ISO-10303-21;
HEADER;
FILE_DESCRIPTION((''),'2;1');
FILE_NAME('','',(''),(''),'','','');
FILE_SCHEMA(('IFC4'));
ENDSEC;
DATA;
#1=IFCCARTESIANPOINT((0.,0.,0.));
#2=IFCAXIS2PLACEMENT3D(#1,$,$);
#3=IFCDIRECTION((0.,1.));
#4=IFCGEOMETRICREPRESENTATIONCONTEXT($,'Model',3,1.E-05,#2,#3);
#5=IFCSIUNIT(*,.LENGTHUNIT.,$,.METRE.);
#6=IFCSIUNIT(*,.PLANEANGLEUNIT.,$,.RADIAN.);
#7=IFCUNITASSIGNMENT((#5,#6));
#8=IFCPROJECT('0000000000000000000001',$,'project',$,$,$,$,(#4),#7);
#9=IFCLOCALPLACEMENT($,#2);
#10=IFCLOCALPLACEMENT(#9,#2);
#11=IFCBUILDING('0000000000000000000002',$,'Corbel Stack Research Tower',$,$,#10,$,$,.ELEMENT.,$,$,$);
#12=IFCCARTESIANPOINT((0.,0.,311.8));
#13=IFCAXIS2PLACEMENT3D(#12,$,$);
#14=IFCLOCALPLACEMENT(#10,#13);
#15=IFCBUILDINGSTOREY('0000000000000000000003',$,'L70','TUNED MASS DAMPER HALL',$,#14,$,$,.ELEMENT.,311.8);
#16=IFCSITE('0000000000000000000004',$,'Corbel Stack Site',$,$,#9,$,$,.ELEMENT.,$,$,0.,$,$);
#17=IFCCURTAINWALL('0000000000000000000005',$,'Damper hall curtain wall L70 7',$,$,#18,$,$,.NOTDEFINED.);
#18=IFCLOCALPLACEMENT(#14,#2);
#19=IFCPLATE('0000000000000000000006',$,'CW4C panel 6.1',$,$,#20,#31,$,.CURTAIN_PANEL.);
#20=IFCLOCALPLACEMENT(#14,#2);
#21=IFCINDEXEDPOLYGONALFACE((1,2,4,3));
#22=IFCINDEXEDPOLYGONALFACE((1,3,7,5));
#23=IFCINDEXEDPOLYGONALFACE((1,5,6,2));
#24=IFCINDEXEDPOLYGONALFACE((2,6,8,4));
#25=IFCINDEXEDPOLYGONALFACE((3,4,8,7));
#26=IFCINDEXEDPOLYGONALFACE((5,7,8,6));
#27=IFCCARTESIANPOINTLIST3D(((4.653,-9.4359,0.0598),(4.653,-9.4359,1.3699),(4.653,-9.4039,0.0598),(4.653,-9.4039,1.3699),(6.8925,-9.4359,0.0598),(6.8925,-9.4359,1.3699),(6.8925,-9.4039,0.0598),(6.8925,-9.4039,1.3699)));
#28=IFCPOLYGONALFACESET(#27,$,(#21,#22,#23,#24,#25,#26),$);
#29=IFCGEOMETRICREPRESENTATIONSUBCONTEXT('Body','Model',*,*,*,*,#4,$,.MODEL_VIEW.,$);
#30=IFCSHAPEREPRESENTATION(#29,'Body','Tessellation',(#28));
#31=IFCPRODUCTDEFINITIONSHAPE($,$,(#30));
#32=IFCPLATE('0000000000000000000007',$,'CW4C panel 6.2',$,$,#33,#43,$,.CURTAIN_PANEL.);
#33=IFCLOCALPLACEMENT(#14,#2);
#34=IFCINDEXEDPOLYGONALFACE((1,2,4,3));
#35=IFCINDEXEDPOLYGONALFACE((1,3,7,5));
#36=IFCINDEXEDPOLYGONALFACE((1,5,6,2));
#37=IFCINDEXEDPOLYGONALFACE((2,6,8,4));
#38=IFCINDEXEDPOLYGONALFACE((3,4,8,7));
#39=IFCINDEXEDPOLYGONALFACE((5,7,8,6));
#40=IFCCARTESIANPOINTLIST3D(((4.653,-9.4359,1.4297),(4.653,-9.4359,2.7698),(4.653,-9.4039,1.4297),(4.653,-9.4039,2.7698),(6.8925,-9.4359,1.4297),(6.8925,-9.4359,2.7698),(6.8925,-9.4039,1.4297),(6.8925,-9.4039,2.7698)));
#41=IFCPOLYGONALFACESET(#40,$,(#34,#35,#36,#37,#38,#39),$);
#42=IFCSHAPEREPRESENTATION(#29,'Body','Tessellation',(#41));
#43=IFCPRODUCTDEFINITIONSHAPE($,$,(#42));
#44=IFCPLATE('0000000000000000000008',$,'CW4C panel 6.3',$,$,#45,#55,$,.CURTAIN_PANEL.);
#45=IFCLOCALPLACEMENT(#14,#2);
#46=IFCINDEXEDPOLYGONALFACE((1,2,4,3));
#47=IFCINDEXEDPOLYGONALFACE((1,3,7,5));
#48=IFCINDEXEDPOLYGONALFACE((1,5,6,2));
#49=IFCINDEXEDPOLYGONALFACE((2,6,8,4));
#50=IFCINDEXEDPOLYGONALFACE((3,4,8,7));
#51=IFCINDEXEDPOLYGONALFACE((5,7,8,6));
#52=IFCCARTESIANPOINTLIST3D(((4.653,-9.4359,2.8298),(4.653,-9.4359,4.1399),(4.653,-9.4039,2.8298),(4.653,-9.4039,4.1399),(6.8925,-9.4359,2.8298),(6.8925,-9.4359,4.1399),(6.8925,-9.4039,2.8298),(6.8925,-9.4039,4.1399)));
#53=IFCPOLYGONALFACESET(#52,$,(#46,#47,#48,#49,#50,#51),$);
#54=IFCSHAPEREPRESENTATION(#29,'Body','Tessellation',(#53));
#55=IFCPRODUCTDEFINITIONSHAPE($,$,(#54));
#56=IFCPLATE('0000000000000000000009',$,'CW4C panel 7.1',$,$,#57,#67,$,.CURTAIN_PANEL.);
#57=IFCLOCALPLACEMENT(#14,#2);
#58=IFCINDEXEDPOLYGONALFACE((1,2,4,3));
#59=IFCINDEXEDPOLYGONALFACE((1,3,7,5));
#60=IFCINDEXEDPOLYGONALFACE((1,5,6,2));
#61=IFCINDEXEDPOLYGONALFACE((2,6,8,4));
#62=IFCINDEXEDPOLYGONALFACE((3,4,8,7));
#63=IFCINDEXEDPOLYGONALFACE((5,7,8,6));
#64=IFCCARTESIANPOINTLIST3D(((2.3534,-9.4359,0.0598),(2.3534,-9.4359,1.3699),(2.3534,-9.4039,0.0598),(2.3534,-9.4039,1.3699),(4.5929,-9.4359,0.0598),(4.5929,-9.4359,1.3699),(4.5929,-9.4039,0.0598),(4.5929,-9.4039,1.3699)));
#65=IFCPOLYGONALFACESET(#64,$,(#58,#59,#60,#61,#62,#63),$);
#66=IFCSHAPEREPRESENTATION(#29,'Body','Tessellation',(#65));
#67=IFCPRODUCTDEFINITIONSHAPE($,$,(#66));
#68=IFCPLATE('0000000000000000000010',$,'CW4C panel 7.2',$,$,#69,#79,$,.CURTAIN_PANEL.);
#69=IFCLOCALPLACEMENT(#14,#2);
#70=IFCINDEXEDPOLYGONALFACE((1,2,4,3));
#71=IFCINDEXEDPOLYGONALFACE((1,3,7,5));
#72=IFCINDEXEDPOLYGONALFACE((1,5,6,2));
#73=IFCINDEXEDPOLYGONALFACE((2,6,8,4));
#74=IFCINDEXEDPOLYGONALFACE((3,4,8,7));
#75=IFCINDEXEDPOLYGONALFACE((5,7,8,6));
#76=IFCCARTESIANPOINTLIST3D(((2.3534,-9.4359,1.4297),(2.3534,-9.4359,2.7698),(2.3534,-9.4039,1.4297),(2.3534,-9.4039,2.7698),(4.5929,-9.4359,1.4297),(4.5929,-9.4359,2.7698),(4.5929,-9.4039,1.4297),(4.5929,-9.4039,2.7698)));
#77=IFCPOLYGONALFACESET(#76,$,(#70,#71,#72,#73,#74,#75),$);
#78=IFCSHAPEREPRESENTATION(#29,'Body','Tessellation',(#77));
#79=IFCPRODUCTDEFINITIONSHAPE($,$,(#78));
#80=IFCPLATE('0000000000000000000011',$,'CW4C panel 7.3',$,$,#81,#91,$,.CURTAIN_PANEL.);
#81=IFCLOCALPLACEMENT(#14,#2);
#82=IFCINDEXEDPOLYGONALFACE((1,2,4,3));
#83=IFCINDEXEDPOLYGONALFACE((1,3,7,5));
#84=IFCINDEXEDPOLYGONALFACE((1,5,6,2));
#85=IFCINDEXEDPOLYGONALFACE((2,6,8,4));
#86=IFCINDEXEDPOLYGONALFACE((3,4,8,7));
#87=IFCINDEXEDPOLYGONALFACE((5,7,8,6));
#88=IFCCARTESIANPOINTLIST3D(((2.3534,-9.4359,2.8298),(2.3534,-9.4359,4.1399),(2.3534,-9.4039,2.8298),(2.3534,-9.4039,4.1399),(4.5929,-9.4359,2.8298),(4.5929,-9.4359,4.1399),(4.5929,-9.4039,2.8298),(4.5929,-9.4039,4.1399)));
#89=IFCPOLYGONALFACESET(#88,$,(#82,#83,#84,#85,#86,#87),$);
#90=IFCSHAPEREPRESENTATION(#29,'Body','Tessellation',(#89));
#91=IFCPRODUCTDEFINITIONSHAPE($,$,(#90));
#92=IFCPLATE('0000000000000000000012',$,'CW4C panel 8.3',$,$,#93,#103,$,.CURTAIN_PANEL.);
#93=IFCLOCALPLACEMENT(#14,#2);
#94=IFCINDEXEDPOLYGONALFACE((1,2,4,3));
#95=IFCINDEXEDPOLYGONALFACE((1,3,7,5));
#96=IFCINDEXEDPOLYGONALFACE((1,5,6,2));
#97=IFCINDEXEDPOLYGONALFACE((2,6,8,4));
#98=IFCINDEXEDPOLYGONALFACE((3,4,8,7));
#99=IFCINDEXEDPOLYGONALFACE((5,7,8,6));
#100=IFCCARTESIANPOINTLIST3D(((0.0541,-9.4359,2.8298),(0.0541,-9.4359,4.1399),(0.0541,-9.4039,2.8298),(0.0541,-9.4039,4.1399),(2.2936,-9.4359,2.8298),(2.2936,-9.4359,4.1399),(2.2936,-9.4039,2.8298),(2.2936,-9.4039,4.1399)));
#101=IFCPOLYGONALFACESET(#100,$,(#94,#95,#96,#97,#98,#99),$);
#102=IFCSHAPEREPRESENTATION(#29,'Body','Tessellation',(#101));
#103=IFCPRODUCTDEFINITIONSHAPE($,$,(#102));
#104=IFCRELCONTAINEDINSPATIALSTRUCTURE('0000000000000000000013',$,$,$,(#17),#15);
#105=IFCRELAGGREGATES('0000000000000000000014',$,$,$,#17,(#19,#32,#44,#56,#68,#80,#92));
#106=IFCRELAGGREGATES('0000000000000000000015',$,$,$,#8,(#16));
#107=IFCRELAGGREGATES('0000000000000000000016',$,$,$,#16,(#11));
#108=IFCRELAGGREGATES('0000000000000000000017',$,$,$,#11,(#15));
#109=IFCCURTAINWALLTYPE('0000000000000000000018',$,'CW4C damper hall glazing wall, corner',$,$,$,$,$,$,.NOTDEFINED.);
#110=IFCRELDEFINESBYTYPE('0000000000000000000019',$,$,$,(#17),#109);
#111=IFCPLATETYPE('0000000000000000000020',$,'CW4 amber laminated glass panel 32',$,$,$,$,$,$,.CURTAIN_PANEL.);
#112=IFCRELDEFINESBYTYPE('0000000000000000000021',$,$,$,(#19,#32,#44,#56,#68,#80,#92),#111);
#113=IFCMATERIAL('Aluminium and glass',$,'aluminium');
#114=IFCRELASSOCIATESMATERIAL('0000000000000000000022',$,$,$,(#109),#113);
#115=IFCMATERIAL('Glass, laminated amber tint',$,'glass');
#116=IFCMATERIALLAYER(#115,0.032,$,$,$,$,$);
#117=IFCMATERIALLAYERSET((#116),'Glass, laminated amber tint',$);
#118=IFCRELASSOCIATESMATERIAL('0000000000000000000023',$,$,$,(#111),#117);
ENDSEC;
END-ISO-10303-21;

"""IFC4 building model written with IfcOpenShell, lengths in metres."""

from ifc_helpers import new_model, si_unit, direction, frame, origin, origin_2d, place, context, subcontext, project, spatial, rectangle, extrude, material, layer, layer_set, type_object, element, aggregate, save


model = new_model("IFC4")

# Units and contexts
model_context = context("Model", 3, precision=1e-05, world=origin(), true_north=direction((0.0, 1.0)))
body_context = subcontext(model_context, "Body", "Model", "MODEL_VIEW")
ifc_project = project(units=[si_unit("LENGTHUNIT", "METRE"), si_unit("PLANEANGLEUNIT", "RADIAN")], contexts=[model_context])

# Site, building, storey
site_placement = place(None, origin())
site = spatial("IfcSite", under=ifc_project, at=site_placement, Name="Corbel Stack Site", CompositionType="ELEMENT", RefElevation=0.0)
building_placement = place(site_placement, origin())
building = spatial("IfcBuilding", under=site, at=building_placement, Name="Corbel Stack Research Tower", CompositionType="ELEMENT")
storey_placement = place(building_placement, frame((0.0, 0.0, 311.8)))
storey = spatial("IfcBuildingStorey", under=building, at=storey_placement, Name="L70", Description="TUNED MASS DAMPER HALL", CompositionType="ELEMENT", Elevation=311.8)

# Curtain wall, plates
ifc_material_1 = material(Name="Aluminium and glass", Category="aluminium")
curtain_wall_type = type_object("IfcCurtainWallType", Name="CW4C damper hall glazing wall, corner", PredefinedType="NOTDEFINED", material=ifc_material_1)
curtain_wall_placement = place(storey_placement, origin())
curtain_wall = element("IfcCurtainWall", 1, at=curtain_wall_placement, inside=storey, type_object=curtain_wall_type, Name="Damper hall curtain wall L70 7", PredefinedType="NOTDEFINED")
ifc_material_2 = material(Name="Glass, laminated amber tint", Category="glass")
ifc_layer = layer(ifc_material_2, 0.032)
ifc_layer_set = layer_set([ifc_layer], Name="Glass, laminated amber tint")
plate_type = type_object("IfcPlateType", Name="CW4 amber laminated glass panel 32", PredefinedType="CURTAIN_PANEL", material=ifc_layer_set)
plate_1_placement = place(storey_placement, frame((5.7727, -9.4199, 0.0598), z_axis=(0.0, 0.0, 1.0), x_axis=(-1.0, 0.0, 0.0)))
plate_1 = element("IfcPlate", 2, at=plate_1_placement, type_object=plate_type, Name="CW4C panel 6.1", PredefinedType="CURTAIN_PANEL", context=body_context, shape_type="SweptSolid", body=[
    extrude(rectangle(XDim=2.2395, YDim=0.032, at=origin_2d()), origin(), (0.0, 0.0, 1.0), 1.3101),
])
plate_2_placement = place(storey_placement, frame((5.7727, -9.4199, 1.4297), z_axis=(0.0, 0.0, 1.0), x_axis=(-1.0, 0.0, 0.0)))
plate_2 = element("IfcPlate", 3, at=plate_2_placement, type_object=plate_type, Name="CW4C panel 6.2", PredefinedType="CURTAIN_PANEL", context=body_context, shape_type="SweptSolid", body=[
    extrude(rectangle(XDim=2.2395, YDim=0.032, at=origin_2d()), origin(), (0.0, 0.0, 1.0), 1.3401),
])
plate_3_placement = place(storey_placement, frame((5.7727, -9.4199, 2.8298), z_axis=(0.0, 0.0, 1.0), x_axis=(-1.0, 0.0, 0.0)))
plate_3 = element("IfcPlate", 4, at=plate_3_placement, type_object=plate_type, Name="CW4C panel 6.3", PredefinedType="CURTAIN_PANEL", context=body_context, shape_type="SweptSolid", body=[
    extrude(rectangle(XDim=2.2395, YDim=0.032, at=origin_2d()), origin(), (0.0, 0.0, 1.0), 1.3101),
])
plate_4_placement = place(storey_placement, frame((3.4731, -9.4199, 0.0598), z_axis=(0.0, 0.0, 1.0), x_axis=(-1.0, 0.0, 0.0)))
plate_4 = element("IfcPlate", 5, at=plate_4_placement, type_object=plate_type, Name="CW4C panel 7.1", PredefinedType="CURTAIN_PANEL", context=body_context, shape_type="SweptSolid", body=[
    extrude(rectangle(XDim=2.2395, YDim=0.032, at=origin_2d()), origin(), (0.0, 0.0, 1.0), 1.3101),
])
plate_5_placement = place(storey_placement, frame((3.4731, -9.4199, 1.4297), z_axis=(0.0, 0.0, 1.0), x_axis=(-1.0, 0.0, 0.0)))
plate_5 = element("IfcPlate", 6, at=plate_5_placement, type_object=plate_type, Name="CW4C panel 7.2", PredefinedType="CURTAIN_PANEL", context=body_context, shape_type="SweptSolid", body=[
    extrude(rectangle(XDim=2.2395, YDim=0.032, at=origin_2d()), origin(), (0.0, 0.0, 1.0), 1.3401),
])
plate_6_placement = place(storey_placement, frame((3.4731, -9.4199, 2.8298), z_axis=(0.0, 0.0, 1.0), x_axis=(-1.0, 0.0, 0.0)))
plate_6 = element("IfcPlate", 7, at=plate_6_placement, type_object=plate_type, Name="CW4C panel 7.3", PredefinedType="CURTAIN_PANEL", context=body_context, shape_type="SweptSolid", body=[
    extrude(rectangle(XDim=2.2395, YDim=0.032, at=origin_2d()), origin(), (0.0, 0.0, 1.0), 1.3101),
])
plate_7_placement = place(storey_placement, frame((1.1738, -9.4199, 2.8298), z_axis=(0.0, 0.0, 1.0), x_axis=(-1.0, 0.0, 0.0)))
plate_7 = element("IfcPlate", 8, at=plate_7_placement, type_object=plate_type, Name="CW4C panel 8.3", PredefinedType="CURTAIN_PANEL", context=body_context, shape_type="SweptSolid", body=[
    extrude(rectangle(XDim=2.2395, YDim=0.032, at=origin_2d()), origin(), (0.0, 0.0, 1.0), 1.3101),
])
aggregate(curtain_wall, [plate_1, plate_2, plate_3, plate_4, plate_5, plate_6, plate_7])

save(model, "model.ifc")
